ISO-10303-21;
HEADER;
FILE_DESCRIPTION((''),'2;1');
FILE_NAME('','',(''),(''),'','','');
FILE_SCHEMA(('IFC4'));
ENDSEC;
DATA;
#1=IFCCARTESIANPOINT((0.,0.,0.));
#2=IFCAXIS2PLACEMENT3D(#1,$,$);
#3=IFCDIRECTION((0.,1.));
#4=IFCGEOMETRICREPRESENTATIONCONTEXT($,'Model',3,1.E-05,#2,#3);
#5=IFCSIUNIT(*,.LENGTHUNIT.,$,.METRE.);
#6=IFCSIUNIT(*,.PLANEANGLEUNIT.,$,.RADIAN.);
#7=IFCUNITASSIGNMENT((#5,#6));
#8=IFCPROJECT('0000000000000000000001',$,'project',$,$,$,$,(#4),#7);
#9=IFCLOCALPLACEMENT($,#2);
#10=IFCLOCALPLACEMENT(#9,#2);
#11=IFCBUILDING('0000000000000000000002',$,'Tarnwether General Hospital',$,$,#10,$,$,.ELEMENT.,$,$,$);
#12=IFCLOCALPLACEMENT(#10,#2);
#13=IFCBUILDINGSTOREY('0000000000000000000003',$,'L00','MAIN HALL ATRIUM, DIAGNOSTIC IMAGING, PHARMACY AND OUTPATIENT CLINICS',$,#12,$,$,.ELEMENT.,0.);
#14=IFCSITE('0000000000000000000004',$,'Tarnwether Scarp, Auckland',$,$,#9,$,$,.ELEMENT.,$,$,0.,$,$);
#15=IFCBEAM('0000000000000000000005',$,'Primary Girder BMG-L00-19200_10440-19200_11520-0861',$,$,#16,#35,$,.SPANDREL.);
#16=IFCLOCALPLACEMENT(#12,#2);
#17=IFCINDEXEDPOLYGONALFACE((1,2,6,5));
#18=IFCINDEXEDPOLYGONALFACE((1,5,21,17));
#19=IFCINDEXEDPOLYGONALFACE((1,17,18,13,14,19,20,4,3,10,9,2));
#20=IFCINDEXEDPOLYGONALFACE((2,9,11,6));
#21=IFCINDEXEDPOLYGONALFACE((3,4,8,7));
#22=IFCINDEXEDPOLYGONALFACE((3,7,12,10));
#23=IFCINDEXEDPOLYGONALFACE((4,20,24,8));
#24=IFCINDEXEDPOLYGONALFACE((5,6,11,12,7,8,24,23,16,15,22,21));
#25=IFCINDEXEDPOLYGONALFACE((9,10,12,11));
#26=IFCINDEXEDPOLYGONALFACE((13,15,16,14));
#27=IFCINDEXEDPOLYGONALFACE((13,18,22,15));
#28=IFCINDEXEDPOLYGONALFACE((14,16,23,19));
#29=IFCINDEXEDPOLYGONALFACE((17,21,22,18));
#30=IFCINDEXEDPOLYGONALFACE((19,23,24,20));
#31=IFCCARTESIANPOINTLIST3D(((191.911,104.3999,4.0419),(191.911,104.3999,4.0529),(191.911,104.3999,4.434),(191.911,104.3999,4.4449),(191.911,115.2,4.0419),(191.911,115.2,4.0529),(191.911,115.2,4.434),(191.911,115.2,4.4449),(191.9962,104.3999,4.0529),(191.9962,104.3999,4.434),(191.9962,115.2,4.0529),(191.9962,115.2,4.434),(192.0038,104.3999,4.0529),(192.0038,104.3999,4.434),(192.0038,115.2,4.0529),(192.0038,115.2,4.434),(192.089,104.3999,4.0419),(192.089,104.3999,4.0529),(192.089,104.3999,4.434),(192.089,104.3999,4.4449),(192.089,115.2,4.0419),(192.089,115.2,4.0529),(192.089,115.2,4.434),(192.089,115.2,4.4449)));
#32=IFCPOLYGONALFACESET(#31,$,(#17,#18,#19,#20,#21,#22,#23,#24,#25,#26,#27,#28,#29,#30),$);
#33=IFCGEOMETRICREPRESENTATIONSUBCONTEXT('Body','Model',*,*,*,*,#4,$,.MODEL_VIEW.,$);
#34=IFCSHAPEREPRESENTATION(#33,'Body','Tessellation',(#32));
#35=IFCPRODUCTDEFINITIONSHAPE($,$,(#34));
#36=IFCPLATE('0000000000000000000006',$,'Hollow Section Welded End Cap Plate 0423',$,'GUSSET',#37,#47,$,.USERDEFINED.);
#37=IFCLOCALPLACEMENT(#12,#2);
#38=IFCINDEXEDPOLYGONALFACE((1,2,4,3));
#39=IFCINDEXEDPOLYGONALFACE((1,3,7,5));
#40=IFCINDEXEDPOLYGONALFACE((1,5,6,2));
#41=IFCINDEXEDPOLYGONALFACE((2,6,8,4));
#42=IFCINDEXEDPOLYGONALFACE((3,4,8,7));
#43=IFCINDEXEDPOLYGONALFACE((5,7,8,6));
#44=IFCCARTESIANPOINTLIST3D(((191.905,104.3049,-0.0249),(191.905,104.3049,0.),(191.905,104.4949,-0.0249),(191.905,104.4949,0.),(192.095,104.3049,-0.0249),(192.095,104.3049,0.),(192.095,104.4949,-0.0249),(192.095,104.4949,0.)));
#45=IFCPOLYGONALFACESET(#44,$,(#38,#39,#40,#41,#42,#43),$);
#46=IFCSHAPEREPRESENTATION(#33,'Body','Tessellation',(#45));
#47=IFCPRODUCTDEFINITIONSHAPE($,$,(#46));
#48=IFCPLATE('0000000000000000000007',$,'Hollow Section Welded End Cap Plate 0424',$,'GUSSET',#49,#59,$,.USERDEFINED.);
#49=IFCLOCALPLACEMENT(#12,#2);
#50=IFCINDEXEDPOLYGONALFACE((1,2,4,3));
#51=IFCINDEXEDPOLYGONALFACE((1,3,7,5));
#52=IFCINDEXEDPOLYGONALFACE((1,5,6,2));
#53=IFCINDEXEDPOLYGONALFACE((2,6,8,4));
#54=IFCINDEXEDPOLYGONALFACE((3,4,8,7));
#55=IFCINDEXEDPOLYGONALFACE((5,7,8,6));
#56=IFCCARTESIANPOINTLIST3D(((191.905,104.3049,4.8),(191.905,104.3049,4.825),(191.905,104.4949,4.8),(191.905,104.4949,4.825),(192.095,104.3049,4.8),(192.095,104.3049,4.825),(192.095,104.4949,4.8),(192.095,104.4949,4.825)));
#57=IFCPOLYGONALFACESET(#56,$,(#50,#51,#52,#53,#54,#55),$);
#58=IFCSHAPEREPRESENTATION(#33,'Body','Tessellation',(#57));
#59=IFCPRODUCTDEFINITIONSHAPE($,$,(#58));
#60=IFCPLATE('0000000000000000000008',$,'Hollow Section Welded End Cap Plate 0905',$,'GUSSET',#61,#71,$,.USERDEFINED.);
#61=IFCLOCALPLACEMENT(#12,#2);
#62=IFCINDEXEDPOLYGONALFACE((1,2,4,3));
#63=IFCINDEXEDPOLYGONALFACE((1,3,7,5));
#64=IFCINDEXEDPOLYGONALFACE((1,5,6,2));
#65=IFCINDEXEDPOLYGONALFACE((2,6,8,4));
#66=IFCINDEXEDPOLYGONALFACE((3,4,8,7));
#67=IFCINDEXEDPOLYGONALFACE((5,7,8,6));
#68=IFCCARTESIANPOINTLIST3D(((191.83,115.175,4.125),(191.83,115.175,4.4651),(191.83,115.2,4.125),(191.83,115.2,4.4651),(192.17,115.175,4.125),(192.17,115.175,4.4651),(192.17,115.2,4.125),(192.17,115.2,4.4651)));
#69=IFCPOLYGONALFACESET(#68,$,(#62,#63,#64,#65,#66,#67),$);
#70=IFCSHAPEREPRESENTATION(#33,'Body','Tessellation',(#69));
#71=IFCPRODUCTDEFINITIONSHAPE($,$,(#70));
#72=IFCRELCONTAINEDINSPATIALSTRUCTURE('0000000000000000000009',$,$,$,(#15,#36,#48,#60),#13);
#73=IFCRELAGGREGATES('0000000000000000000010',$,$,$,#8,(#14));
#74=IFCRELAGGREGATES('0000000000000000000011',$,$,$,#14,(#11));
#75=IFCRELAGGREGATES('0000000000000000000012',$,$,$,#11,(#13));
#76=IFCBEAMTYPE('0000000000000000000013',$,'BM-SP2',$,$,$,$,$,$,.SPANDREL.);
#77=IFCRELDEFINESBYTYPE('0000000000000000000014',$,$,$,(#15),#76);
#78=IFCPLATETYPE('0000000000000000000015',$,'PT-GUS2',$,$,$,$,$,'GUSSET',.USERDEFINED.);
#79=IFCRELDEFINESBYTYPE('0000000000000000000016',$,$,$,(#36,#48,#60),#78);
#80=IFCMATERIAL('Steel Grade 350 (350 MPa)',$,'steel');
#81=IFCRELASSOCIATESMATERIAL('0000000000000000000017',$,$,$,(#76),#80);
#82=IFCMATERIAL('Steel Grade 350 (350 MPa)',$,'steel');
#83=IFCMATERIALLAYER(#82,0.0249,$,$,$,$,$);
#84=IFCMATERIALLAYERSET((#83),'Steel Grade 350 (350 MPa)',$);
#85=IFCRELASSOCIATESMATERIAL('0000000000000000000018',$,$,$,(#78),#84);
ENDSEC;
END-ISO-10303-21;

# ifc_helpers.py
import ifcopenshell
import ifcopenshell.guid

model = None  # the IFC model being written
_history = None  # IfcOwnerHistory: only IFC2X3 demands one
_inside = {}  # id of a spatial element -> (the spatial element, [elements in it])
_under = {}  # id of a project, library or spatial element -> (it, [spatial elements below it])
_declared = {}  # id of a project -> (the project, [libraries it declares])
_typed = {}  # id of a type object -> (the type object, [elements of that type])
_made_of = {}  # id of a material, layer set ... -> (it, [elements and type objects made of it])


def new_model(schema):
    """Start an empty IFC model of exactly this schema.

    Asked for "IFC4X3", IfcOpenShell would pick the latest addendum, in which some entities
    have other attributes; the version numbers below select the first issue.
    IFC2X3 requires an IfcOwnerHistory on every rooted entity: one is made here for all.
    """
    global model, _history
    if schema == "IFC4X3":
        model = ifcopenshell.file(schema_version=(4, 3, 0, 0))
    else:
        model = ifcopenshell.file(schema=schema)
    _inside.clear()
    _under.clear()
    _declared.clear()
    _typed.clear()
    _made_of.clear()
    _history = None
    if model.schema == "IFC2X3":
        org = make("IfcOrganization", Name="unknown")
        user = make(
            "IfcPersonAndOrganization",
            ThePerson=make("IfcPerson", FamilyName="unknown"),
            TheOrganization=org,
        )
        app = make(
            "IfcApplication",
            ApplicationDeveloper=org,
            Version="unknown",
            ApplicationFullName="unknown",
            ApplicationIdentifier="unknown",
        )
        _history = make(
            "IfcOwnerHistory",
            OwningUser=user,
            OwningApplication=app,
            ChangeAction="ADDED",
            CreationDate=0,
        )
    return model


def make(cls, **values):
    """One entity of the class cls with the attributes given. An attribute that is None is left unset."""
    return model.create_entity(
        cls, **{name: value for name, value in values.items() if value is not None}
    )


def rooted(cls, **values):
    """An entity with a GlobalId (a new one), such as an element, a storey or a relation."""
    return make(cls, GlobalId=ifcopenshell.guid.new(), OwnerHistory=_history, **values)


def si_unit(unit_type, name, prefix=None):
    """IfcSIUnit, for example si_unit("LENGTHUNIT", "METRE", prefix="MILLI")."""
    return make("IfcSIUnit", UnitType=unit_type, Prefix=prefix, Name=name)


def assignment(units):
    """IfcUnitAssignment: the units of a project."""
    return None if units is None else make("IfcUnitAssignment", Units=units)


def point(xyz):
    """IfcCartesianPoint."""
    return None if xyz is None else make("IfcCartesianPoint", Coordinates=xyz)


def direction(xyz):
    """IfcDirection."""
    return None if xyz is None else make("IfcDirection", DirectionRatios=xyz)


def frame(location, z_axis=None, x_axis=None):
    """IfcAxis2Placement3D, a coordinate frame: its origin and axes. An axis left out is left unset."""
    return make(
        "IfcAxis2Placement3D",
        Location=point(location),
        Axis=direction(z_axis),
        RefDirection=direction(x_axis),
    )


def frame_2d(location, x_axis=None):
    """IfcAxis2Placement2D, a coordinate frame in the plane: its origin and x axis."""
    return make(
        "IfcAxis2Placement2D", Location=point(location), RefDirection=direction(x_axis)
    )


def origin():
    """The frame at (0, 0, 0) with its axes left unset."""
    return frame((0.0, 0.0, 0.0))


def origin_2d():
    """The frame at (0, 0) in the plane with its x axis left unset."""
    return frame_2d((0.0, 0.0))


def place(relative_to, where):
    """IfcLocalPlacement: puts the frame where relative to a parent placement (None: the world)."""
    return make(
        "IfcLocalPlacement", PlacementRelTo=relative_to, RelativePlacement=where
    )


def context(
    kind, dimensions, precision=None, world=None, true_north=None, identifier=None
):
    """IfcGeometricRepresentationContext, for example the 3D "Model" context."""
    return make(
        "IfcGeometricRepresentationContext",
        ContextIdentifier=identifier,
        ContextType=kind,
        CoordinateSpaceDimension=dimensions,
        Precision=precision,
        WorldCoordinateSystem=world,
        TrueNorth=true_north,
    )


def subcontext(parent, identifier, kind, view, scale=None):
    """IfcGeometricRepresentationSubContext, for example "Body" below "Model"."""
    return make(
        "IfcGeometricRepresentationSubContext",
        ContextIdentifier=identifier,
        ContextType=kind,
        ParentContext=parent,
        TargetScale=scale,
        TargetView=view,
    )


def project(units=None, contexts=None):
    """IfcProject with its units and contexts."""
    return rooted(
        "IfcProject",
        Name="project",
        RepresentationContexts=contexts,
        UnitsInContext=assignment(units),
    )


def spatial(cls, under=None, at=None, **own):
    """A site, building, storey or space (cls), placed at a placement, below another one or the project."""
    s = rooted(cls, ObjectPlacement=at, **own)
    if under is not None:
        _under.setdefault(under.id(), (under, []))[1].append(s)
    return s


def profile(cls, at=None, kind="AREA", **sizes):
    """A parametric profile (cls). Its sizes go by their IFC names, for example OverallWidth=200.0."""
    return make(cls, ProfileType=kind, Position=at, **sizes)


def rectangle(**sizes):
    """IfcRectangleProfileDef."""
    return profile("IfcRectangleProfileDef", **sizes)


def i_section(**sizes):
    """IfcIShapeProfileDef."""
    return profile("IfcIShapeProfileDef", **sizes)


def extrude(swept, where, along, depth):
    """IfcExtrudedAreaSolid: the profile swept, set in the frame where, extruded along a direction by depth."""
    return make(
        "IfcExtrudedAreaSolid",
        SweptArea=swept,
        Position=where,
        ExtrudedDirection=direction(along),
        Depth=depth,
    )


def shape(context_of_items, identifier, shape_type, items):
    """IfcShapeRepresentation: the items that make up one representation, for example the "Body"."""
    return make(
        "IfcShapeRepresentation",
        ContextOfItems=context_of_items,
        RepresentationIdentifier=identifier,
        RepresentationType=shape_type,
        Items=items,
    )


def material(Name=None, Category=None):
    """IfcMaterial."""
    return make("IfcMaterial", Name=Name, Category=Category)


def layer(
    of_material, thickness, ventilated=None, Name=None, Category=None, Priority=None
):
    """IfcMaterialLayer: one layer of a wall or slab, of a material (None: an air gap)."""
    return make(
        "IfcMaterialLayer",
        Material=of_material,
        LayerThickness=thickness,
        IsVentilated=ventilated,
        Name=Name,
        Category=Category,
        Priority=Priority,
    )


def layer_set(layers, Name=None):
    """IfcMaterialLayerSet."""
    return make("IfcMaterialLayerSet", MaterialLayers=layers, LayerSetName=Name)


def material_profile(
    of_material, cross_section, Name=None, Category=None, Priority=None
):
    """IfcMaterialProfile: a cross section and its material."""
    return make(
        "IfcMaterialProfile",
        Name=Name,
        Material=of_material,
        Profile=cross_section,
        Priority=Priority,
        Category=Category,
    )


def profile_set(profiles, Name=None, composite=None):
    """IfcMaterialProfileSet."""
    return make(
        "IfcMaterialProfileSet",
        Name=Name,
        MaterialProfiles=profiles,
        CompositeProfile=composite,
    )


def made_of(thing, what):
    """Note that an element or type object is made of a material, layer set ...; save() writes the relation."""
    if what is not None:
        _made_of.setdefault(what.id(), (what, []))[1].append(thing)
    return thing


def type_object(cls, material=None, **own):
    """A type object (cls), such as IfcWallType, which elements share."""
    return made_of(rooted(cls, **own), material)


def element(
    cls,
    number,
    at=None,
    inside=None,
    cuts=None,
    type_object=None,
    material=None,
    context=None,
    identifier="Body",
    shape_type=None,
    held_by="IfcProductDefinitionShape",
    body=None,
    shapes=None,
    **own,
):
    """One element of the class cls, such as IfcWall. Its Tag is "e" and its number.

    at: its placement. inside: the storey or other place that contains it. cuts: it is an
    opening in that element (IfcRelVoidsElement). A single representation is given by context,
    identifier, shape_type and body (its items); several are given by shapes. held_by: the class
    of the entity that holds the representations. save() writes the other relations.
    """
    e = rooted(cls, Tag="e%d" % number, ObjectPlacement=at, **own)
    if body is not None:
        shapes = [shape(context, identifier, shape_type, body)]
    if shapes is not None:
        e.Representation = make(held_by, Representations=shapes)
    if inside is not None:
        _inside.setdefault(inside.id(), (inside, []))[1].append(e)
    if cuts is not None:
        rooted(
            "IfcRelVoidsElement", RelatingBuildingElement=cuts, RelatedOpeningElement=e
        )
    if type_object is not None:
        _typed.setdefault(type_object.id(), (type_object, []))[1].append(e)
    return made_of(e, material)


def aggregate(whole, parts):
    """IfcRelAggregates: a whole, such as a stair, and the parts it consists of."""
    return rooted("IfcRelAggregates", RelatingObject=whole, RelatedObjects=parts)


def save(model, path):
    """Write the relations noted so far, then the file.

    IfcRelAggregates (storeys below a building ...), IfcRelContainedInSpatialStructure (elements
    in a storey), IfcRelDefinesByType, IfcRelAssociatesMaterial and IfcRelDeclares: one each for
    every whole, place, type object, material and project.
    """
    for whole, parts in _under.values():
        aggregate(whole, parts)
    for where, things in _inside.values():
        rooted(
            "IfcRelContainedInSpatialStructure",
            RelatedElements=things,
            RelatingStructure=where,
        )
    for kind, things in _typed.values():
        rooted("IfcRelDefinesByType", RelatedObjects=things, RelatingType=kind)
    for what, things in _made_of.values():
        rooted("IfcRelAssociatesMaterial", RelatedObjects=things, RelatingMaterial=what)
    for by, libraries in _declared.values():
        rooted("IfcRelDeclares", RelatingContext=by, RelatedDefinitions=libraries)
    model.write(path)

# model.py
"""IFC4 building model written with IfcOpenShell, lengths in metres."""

from ifc_helpers import new_model, si_unit, direction, frame, origin, origin_2d, place, context, subcontext, project, spatial, rectangle, i_section, extrude, material, layer, layer_set, material_profile, profile_set, type_object, element, save


model = new_model("IFC4")

# Units and contexts
model_context = context("Model", 3, precision=1e-05, world=origin(), true_north=direction((0.0, 1.0)))
body_context = subcontext(model_context, "Body", "Model", "MODEL_VIEW")
ifc_project = project(units=[si_unit("LENGTHUNIT", "METRE"), si_unit("PLANEANGLEUNIT", "RADIAN")], contexts=[model_context])

# Site, building, storey
site_placement = place(None, origin())
site = spatial("IfcSite", under=ifc_project, at=site_placement, Name="Tarnwether Scarp, Auckland", CompositionType="ELEMENT", RefElevation=0.0)
building_placement = place(site_placement, origin())
building = spatial("IfcBuilding", under=site, at=building_placement, Name="Tarnwether General Hospital", CompositionType="ELEMENT")
storey_placement = place(building_placement, origin())
storey = spatial("IfcBuildingStorey", under=building, at=storey_placement, Name="L00", Description="MAIN HALL ATRIUM, DIAGNOSTIC IMAGING, PHARMACY AND OUTPATIENT CLINICS", CompositionType="ELEMENT", Elevation=0.0)

# Beam
ifc_material_1 = material(Name="Steel Grade 350 (350 MPa)", Category="steel")
ifc_material_profile_1 = material_profile(ifc_material_1, i_section(OverallWidth=0.178, OverallDepth=0.4031, WebThickness=0.0076, FlangeThickness=0.011, at=origin_2d()), Name="410UB53.7")
ifc_profile_set_1 = profile_set([ifc_material_profile_1], Name="Steel Grade 350 (350 MPa)")
beam_type_1 = type_object("IfcBeamType", Name="BM-SP2", PredefinedType="SPANDREL", material=ifc_profile_set_1)
beam_1_placement = place(storey_placement, frame((192.0, 104.3999, 4.2434), z_axis=(0.0, 1.0, 0.0), x_axis=(-1.0, 0.0, 0.0)))
element("IfcBeam", 1, at=beam_1_placement, inside=storey, type_object=beam_type_1, Name="Primary Girder BMG-L00-19200_10440-19200_11520-0861", PredefinedType="SPANDREL", context=body_context, shape_type="SweptSolid", body=[
    extrude(i_section(OverallWidth=0.178, OverallDepth=0.4031, WebThickness=0.0076, FlangeThickness=0.011, at=origin_2d()), origin(), (0.0, 0.0, 1.0), 10.8),
])

# Plates
ifc_material_2 = material(Name="Steel Grade 350 (350 MPa)", Category="steel")
ifc_layer_1 = layer(ifc_material_2, 0.0249)
ifc_layer_set_1 = layer_set([ifc_layer_1], Name="Steel Grade 350 (350 MPa)")
plate_type = type_object("IfcPlateType", Name="PT-GUS2", ElementType="GUSSET", PredefinedType="USERDEFINED", material=ifc_layer_set_1)
for number, where, z_axis, x_axis, name in (
    (2, (192.0, 104.3999, -0.0249), (0.0, 0.0, 1.0), (1.0, 0.0, 0.0), "Hollow Section Welded End Cap Plate 0423"),
    (3, (192.0, 104.3999, 4.8), (0.0, 0.0, 1.0), (1.0, 0.0, 0.0), "Hollow Section Welded End Cap Plate 0424"),
):
    element("IfcPlate", number, at=place(storey_placement, frame(where, z_axis=z_axis, x_axis=x_axis)), inside=storey, type_object=plate_type, Name=name, ObjectType="GUSSET", PredefinedType="USERDEFINED", context=body_context, shape_type="SweptSolid", body=[
        extrude(rectangle(XDim=0.1899, YDim=0.1899, at=origin_2d()), origin(), (0.0, 0.0, 1.0), 0.0249),
    ])
plate_placement = place(storey_placement, frame((192.0, 115.1875, 4.125), z_axis=(0.0, 0.0, 1.0), x_axis=(0.0, 1.0, 0.0)))
element("IfcPlate", 4, at=plate_placement, inside=storey, type_object=plate_type, Name="Hollow Section Welded End Cap Plate 0905", ObjectType="GUSSET", PredefinedType="USERDEFINED", context=body_context, shape_type="SweptSolid", body=[
    extrude(rectangle(XDim=0.0249, YDim=0.3401, at=origin_2d()), origin(), (0.0, 0.0, 1.0), 0.3401),
])

save(model, "model.ifc")
